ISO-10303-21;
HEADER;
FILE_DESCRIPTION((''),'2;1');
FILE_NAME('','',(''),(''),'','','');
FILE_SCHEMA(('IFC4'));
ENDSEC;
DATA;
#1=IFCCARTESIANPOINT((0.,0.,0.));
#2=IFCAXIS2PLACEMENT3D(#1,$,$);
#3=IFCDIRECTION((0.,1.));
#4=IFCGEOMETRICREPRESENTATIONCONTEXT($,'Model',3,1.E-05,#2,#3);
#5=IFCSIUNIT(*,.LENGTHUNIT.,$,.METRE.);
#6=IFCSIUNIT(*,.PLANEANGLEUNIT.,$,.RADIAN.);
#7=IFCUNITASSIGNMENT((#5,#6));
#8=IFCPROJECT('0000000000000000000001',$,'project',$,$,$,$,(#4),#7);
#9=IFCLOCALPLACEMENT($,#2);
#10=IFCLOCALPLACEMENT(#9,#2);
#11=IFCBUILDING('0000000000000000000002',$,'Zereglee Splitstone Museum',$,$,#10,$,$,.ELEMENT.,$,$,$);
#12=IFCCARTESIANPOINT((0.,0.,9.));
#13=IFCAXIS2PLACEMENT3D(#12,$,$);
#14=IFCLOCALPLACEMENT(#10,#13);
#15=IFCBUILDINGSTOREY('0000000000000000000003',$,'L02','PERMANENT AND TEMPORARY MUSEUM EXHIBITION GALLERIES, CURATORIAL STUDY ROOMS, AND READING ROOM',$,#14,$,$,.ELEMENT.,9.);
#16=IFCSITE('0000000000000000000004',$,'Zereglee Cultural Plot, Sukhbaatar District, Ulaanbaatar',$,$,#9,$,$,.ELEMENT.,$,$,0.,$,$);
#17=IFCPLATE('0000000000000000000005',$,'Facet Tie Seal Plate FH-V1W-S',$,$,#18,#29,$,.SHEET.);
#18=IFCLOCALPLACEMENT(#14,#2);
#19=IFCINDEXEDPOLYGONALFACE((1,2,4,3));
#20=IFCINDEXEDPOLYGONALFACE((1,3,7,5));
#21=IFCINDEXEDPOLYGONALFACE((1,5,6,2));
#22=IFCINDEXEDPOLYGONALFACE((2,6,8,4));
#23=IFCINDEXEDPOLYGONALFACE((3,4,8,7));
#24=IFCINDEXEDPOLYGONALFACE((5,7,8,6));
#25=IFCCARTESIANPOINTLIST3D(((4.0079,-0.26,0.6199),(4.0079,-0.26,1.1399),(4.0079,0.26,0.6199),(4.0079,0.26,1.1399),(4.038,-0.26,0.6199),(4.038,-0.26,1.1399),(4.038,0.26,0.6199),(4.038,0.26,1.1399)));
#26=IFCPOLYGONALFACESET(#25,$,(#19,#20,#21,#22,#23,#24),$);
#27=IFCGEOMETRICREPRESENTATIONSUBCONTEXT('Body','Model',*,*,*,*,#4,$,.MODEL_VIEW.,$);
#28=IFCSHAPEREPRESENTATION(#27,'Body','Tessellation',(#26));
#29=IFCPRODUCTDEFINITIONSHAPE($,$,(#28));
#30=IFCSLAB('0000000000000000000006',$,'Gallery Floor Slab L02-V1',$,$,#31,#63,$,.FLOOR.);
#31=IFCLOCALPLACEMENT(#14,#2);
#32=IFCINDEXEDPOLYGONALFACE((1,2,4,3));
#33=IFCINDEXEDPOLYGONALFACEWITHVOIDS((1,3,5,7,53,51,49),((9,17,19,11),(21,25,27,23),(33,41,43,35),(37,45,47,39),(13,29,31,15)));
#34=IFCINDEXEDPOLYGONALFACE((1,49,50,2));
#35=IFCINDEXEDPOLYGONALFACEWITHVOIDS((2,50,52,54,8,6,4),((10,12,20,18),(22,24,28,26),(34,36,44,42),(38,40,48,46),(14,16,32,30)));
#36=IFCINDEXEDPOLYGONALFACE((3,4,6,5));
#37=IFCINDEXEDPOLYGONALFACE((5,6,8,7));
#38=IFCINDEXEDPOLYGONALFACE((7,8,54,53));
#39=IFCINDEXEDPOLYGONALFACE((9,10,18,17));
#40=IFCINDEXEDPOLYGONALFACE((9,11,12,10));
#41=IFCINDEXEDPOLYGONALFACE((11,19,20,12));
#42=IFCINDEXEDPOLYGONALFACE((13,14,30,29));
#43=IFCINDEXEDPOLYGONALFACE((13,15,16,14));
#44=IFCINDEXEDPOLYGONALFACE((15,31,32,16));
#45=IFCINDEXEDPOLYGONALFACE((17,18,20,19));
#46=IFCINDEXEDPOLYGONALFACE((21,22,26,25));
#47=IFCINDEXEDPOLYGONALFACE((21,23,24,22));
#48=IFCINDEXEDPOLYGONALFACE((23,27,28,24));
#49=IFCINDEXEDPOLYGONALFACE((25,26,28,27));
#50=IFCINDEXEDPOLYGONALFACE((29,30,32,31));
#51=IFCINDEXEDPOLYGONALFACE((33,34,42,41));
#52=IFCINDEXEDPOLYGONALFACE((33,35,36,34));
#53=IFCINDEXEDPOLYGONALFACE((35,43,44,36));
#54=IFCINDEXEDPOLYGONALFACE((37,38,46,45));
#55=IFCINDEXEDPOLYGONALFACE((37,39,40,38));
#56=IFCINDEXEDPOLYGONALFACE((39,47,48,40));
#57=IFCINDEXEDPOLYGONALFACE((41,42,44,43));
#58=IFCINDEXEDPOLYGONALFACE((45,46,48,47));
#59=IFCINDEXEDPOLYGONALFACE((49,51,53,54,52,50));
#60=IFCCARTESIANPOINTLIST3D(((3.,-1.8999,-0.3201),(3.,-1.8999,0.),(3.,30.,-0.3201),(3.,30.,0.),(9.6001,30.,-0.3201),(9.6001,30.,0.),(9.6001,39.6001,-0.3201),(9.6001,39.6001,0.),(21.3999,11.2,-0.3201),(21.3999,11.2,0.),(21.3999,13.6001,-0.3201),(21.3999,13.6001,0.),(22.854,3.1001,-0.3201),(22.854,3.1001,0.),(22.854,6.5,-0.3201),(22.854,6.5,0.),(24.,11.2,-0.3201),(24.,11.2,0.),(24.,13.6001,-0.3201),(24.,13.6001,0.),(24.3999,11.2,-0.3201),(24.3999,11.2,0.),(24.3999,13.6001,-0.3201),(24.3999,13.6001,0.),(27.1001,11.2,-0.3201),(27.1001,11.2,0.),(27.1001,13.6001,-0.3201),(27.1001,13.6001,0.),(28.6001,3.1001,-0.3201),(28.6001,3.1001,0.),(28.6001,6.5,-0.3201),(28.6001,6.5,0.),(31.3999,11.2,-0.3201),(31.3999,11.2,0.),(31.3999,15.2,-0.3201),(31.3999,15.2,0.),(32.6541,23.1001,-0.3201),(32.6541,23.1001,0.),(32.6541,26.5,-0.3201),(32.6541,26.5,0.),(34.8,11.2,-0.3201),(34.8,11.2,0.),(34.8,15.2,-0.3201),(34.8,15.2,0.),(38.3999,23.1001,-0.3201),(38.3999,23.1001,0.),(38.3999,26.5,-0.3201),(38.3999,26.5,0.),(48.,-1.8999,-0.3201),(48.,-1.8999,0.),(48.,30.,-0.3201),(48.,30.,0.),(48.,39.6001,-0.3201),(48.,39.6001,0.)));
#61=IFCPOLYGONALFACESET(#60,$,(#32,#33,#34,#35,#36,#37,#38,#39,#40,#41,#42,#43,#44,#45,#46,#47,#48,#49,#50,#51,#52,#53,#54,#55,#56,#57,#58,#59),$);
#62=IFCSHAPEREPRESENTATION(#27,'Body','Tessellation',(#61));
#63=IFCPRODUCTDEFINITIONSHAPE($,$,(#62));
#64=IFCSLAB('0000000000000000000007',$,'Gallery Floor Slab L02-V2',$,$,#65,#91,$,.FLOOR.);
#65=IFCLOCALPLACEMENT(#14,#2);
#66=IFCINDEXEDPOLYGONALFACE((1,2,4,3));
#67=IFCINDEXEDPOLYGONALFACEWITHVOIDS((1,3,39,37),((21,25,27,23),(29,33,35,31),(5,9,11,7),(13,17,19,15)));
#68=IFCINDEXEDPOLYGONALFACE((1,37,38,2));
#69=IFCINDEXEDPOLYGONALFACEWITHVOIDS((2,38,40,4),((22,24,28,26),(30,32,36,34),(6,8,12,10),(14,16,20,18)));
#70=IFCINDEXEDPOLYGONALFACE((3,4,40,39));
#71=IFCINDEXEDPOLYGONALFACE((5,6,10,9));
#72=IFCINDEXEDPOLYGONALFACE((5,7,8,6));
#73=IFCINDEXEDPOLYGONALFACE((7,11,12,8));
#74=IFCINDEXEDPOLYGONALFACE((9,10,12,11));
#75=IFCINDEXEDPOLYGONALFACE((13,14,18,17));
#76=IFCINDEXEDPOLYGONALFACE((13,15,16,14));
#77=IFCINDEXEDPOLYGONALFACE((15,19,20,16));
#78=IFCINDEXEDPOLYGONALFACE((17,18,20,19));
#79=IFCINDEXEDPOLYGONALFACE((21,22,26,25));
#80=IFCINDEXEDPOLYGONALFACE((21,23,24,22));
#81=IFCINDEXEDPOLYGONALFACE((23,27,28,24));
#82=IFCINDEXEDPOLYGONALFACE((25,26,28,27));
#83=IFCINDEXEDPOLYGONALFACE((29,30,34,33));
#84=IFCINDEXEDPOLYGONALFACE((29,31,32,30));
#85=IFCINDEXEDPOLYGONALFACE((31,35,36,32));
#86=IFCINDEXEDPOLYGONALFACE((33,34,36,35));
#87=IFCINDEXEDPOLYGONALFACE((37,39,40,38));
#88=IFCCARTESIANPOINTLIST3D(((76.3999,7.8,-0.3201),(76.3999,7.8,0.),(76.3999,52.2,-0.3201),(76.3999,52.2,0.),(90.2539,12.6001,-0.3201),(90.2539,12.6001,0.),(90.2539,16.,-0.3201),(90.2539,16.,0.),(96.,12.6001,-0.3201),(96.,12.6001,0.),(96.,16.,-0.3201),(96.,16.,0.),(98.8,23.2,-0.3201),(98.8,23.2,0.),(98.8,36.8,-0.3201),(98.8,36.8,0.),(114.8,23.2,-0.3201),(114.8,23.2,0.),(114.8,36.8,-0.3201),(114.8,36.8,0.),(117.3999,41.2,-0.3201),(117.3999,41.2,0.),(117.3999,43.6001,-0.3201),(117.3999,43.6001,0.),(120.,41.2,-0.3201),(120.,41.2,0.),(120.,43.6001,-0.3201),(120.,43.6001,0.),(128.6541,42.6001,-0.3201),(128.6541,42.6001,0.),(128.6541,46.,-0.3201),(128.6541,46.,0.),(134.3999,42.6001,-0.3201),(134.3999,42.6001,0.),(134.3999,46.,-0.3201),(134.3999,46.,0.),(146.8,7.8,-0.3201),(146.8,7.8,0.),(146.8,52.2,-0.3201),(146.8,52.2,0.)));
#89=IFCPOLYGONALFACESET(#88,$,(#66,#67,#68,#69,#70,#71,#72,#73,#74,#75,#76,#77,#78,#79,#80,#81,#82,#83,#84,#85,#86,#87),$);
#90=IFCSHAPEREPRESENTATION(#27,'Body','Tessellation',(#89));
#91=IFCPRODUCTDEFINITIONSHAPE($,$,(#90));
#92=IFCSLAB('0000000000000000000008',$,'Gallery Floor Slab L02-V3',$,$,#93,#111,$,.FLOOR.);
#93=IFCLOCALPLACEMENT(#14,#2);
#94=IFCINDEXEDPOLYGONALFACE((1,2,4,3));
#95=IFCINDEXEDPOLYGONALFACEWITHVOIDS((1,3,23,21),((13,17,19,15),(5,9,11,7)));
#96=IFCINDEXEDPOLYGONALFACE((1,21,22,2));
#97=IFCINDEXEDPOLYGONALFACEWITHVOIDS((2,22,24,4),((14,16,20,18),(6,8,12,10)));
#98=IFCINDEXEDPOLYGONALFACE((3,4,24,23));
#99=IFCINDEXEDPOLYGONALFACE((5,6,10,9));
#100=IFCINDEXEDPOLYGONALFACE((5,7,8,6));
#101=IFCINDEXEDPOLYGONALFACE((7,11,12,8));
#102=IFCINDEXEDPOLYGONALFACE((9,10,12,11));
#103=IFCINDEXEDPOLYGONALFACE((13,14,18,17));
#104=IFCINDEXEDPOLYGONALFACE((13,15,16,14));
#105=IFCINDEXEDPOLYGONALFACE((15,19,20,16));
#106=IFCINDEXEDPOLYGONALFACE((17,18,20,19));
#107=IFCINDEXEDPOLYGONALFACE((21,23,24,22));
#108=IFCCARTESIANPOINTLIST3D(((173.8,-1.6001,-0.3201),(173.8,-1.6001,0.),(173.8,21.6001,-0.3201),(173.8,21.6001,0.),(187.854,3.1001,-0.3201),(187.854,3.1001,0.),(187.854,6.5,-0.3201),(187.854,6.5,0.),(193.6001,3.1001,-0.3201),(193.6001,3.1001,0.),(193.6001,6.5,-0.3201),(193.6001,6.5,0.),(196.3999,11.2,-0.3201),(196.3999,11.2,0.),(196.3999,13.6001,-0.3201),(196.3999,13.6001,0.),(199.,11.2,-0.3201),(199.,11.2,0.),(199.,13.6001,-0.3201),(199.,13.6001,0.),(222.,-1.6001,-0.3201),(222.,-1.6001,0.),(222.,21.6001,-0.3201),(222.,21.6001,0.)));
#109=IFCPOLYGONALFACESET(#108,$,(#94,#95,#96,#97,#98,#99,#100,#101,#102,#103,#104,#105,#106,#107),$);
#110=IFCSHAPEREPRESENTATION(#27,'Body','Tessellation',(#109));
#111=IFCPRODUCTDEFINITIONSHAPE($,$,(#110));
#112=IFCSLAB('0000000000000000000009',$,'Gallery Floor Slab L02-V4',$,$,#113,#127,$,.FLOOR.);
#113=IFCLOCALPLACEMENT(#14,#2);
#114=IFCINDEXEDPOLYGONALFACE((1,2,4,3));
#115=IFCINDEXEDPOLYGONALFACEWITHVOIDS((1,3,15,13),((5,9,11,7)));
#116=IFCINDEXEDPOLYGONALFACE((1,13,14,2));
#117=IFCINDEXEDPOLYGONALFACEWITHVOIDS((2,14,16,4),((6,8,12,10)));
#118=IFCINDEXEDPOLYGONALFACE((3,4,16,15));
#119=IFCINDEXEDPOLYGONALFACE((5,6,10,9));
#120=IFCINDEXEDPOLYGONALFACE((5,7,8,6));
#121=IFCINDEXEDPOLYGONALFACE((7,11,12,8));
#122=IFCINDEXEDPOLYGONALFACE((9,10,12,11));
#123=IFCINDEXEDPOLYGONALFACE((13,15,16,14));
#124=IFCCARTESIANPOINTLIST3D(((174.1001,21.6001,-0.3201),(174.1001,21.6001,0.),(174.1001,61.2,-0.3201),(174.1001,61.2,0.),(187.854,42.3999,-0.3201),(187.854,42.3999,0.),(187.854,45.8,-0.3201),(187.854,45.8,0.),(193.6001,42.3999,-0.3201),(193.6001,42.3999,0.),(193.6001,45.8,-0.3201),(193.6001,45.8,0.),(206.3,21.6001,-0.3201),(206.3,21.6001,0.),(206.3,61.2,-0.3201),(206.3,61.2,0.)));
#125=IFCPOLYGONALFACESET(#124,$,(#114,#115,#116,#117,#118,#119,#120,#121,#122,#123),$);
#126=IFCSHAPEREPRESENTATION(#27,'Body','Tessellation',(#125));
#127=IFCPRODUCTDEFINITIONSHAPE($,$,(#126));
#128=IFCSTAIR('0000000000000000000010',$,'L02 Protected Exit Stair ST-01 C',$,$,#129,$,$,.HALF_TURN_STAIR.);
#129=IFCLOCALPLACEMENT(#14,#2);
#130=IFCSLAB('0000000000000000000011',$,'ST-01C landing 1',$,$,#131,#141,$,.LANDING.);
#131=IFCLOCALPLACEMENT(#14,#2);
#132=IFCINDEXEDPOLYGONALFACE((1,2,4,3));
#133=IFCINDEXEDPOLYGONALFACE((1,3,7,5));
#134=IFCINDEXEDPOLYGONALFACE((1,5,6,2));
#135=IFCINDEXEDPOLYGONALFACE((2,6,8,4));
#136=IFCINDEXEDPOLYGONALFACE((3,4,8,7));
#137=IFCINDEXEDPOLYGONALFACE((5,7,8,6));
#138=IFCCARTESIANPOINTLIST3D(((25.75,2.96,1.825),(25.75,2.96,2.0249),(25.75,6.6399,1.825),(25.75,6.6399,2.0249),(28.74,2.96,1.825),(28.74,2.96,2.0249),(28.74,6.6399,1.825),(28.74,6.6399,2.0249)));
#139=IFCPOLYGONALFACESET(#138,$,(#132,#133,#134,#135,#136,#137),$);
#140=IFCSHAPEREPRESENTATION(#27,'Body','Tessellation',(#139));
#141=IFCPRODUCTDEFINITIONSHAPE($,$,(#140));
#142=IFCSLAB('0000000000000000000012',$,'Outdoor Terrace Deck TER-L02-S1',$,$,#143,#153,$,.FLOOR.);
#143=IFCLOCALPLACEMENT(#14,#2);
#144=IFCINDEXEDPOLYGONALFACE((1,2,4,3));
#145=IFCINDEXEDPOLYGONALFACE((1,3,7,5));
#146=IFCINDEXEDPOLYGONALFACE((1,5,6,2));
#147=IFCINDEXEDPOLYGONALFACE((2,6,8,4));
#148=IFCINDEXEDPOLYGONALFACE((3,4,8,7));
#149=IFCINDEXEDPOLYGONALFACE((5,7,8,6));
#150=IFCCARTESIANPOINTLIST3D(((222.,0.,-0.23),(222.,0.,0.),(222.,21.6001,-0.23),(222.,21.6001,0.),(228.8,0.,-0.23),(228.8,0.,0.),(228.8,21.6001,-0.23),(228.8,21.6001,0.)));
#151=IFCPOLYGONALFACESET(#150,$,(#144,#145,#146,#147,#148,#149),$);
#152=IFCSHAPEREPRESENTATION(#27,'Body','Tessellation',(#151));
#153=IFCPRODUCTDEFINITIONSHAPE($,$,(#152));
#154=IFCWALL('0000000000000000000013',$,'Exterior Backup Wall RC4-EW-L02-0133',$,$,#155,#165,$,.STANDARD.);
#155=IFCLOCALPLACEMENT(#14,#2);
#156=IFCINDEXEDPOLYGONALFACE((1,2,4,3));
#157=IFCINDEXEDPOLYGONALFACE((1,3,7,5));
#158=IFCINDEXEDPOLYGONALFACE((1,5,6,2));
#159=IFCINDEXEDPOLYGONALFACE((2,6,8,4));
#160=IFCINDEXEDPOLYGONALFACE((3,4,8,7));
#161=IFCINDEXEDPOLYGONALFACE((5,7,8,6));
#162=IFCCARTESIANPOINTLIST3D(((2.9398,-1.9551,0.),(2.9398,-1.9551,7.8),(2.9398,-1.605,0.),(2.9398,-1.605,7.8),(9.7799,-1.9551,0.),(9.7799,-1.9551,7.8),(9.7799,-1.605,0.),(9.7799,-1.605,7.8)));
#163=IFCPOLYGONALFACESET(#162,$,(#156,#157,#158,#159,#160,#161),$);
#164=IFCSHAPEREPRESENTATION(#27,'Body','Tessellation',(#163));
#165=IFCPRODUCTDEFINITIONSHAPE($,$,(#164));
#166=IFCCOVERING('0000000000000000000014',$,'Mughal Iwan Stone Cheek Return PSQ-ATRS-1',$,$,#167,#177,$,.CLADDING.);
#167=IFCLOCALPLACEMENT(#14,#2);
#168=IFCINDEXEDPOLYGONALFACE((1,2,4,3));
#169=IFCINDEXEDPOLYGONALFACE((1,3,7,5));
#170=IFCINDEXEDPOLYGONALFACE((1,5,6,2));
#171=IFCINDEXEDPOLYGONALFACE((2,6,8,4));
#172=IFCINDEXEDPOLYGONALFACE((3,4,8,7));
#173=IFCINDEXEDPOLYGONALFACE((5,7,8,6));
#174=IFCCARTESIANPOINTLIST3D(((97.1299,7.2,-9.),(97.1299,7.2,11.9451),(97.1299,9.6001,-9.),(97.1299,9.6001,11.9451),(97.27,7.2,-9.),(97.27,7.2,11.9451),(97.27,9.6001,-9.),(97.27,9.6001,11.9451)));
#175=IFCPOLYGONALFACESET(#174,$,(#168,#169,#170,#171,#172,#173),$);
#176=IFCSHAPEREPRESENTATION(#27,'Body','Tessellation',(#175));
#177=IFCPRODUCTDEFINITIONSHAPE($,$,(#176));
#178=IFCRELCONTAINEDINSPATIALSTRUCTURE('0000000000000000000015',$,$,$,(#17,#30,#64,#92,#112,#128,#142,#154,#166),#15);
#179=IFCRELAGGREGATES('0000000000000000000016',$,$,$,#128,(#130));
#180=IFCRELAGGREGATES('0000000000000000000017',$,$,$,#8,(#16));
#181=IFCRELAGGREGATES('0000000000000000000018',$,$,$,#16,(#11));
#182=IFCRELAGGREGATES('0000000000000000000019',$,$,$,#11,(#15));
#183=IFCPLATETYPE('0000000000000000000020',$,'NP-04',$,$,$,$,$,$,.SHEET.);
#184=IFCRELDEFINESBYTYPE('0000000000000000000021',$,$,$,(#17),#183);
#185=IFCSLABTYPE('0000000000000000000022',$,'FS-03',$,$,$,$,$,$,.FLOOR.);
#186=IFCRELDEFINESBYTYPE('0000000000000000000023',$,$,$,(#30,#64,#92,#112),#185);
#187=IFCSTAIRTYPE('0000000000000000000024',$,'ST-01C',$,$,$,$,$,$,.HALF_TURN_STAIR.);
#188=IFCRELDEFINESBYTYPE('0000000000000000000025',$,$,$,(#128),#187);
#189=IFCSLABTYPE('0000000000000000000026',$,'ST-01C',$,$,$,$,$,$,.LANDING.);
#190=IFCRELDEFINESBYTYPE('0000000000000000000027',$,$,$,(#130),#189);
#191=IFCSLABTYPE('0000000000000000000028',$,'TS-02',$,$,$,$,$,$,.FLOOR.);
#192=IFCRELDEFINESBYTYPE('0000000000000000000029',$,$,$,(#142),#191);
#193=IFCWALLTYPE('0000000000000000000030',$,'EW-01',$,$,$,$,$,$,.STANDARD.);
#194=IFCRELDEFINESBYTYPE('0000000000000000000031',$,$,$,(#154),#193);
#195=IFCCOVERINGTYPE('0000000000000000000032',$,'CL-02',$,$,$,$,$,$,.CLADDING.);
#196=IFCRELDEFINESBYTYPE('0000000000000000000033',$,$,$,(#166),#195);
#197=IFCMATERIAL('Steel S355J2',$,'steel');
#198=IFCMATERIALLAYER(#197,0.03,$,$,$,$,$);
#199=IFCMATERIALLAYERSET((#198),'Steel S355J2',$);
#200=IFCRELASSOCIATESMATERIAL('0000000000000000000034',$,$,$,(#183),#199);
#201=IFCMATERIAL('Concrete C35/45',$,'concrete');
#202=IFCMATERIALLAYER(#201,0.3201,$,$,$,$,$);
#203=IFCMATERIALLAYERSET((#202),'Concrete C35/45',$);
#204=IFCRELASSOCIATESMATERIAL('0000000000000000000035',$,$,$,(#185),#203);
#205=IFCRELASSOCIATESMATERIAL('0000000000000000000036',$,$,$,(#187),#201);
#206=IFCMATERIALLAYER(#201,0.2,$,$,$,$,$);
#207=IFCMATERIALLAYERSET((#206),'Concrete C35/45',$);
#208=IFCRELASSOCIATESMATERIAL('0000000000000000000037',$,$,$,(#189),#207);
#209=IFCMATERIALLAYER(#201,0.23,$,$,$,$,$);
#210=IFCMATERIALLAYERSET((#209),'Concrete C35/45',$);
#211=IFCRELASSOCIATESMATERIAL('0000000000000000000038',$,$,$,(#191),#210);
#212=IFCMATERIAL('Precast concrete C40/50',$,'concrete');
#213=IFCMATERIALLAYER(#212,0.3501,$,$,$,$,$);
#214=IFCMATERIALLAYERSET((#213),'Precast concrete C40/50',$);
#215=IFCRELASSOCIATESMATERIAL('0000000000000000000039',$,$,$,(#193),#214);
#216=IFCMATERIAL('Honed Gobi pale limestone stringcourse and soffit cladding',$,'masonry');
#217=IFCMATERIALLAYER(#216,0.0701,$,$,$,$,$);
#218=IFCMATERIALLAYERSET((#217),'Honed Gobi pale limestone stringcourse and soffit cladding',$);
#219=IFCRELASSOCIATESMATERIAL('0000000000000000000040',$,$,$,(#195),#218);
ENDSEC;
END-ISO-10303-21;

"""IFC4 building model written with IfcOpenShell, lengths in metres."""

from ifc_helpers import new_model, si_unit, direction, frame, frame_2d, origin, origin_2d, place, context, subcontext, project, spatial, polyline, rectangle, outline, extrude, material, layer, layer_set, type_object, element, aggregate, save


model = new_model("IFC4")

# Units and contexts
model_context = context("Model", 3, precision=1e-05, world=origin(), true_north=direction((0.0, 1.0)))
body_context = subcontext(model_context, "Body", "Model", "MODEL_VIEW")
ifc_project = project(units=[si_unit("LENGTHUNIT", "METRE"), si_unit("PLANEANGLEUNIT", "RADIAN")], contexts=[model_context])

# Site, building, storey
site_placement = place(None, origin())
site = spatial("IfcSite", under=ifc_project, at=site_placement, Name="Zereglee Cultural Plot, Sukhbaatar District, Ulaanbaatar", CompositionType="ELEMENT", RefElevation=0.0)
building_placement = place(site_placement, origin())
building = spatial("IfcBuilding", under=site, at=building_placement, Name="Zereglee Splitstone Museum", CompositionType="ELEMENT")
storey_placement = place(building_placement, frame((0.0, 0.0, 9.0)))
storey = spatial("IfcBuildingStorey", under=building, at=storey_placement, Name="L02", Description="PERMANENT AND TEMPORARY MUSEUM EXHIBITION GALLERIES, CURATORIAL STUDY ROOMS, AND READING ROOM", CompositionType="ELEMENT", Elevation=9.0)

# Shared definitions
ifc_material_1 = material(Name="Steel S355J2", Category="steel")

# Plate
ifc_layer_1 = layer(ifc_material_1, 0.03)
ifc_layer_set_1 = layer_set([ifc_layer_1], Name="Steel S355J2")
plate_type = type_object("IfcPlateType", Name="NP-04", PredefinedType="SHEET", material=ifc_layer_set_1)
plate_placement = place(storey_placement, frame((4.0229, 0.0, 0.6199), z_axis=(0.0, 0.0, 1.0), x_axis=(1.0, 0.0, 0.0)))
element("IfcPlate", 1, at=plate_placement, inside=storey, type_object=plate_type, Name="Facet Tie Seal Plate FH-V1W-S", PredefinedType="SHEET", context=body_context, shape_type="SweptSolid", body=[
    extrude(rectangle(XDim=0.03, YDim=0.52, at=origin_2d()), origin(), (0.0, 0.0, 1.0), 0.52),
])

# Slabs
ifc_material_2 = material(Name="Concrete C35/45", Category="concrete")
ifc_layer_2 = layer(ifc_material_2, 0.3201)
ifc_layer_set_2 = layer_set([ifc_layer_2], Name="Concrete C35/45")
slab_type_1 = type_object("IfcSlabType", Name="FS-03", PredefinedType="FLOOR", material=ifc_layer_set_2)
slab_1_placement = place(storey_placement, frame((0.0, 0.0, -0.3201)))
element("IfcSlab", 2, at=slab_1_placement, inside=storey, type_object=slab_type_1, Name="Gallery Floor Slab L02-V1", PredefinedType="FLOOR", context=body_context, shape_type="SweptSolid", body=[
    extrude(outline(polyline([(48.0, -1.8999), (3.0, -1.8999), (3.0, 30.0), (9.6001, 30.0), (9.6001, 39.6001), (48.0, 39.6001), (48.0, 30.0), (48.0, -1.8999)]), holes=[polyline([(22.854, 3.1001), (28.6001, 3.1001), (28.6001, 6.5), (22.854, 6.5), (22.854, 3.1001)]), polyline([(32.6541, 23.1001), (38.3999, 23.1001), (38.3999, 26.5), (32.6541, 26.5), (32.6541, 23.1001)]), polyline([(21.3999, 11.2), (24.0, 11.2), (24.0, 13.6001), (21.3999, 13.6001), (21.3999, 11.2)]), polyline([(24.3999, 11.2), (27.1001, 11.2), (27.1001, 13.6001), (24.3999, 13.6001), (24.3999, 11.2)]), polyline([(31.3999, 11.2), (34.8, 11.2), (34.8, 15.2), (31.3999, 15.2), (31.3999, 11.2)])]), origin(), (0.0, 0.0, 1.0), 0.3201),
])
slab_2_placement = place(storey_placement, frame((0.0, 0.0, -0.3201)))
element("IfcSlab", 3, at=slab_2_placement, inside=storey, type_object=slab_type_1, Name="Gallery Floor Slab L02-V2", PredefinedType="FLOOR", context=body_context, shape_type="SweptSolid", body=[
    extrude(outline(polyline([(76.3999, 7.8), (146.8, 7.8), (146.8, 52.2), (76.3999, 52.2), (76.3999, 7.8)]), holes=[polyline([(98.8, 23.2), (114.8, 23.2), (114.8, 36.8), (98.8, 36.8), (98.8, 23.2)]), polyline([(128.6541, 42.6001), (134.3999, 42.6001), (134.3999, 46.0), (128.6541, 46.0), (128.6541, 42.6001)]), polyline([(90.2539, 12.6001), (96.0, 12.6001), (96.0, 16.0), (90.2539, 16.0), (90.2539, 12.6001)]), polyline([(117.3999, 41.2), (120.0, 41.2), (120.0, 43.6001), (117.3999, 43.6001), (117.3999, 41.2)])]), origin(), (0.0, 0.0, 1.0), 0.3201),
])
slab_3_placement = place(storey_placement, frame((0.0, 0.0, -0.3201)))
element("IfcSlab", 4, at=slab_3_placement, inside=storey, type_object=slab_type_1, Name="Gallery Floor Slab L02-V3", PredefinedType="FLOOR", context=body_context, shape_type="SweptSolid", body=[
    extrude(outline(polyline([(173.8, -1.6001), (222.0, -1.6001), (222.0, 21.6001), (173.8, 21.6001), (173.8, -1.6001)]), holes=[polyline([(187.854, 3.1001), (193.6001, 3.1001), (193.6001, 6.5), (187.854, 6.5), (187.854, 3.1001)]), polyline([(196.3999, 11.2), (199.0, 11.2), (199.0, 13.6001), (196.3999, 13.6001), (196.3999, 11.2)])]), origin(), (0.0, 0.0, 1.0), 0.3201),
])
slab_4_placement = place(storey_placement, frame((0.0, 0.0, -0.3201)))
element("IfcSlab", 5, at=slab_4_placement, inside=storey, type_object=slab_type_1, Name="Gallery Floor Slab L02-V4", PredefinedType="FLOOR", context=body_context, shape_type="SweptSolid", body=[
    extrude(outline(polyline([(174.1001, 21.6001), (206.3, 21.6001), (206.3, 61.2), (174.1001, 61.2), (174.1001, 21.6001)]), holes=[polyline([(187.854, 42.3999), (193.6001, 42.3999), (193.6001, 45.8), (187.854, 45.8), (187.854, 42.3999)])]), origin(), (0.0, 0.0, 1.0), 0.3201),
])

# Stair, slab
stair_type = type_object("IfcStairType", Name="ST-01C", PredefinedType="HALF_TURN_STAIR", material=ifc_material_2)
stair_placement = place(storey_placement, origin())
stair = element("IfcStair", 6, at=stair_placement, inside=storey, type_object=stair_type, Name="L02 Protected Exit Stair ST-01 C", PredefinedType="HALF_TURN_STAIR")
ifc_layer_3 = layer(ifc_material_2, 0.2)
ifc_layer_set_3 = layer_set([ifc_layer_3], Name="Concrete C35/45")
slab_type_2 = type_object("IfcSlabType", Name="ST-01C", PredefinedType="LANDING", material=ifc_layer_set_3)
slab_5_placement = place(storey_placement, frame((0.0, 0.0, 1.825)))
slab_5 = element("IfcSlab", 7, at=slab_5_placement, type_object=slab_type_2, Name="ST-01C landing 1", PredefinedType="LANDING", context=body_context, shape_type="SweptSolid", body=[
    extrude(outline(polyline([(25.75, 2.96), (28.74, 2.96), (28.74, 6.6399), (25.75, 6.6399), (25.75, 2.96)])), origin(), (0.0, 0.0, 1.0), 0.2),
])
aggregate(stair, [slab_5])

# Slab
ifc_layer_4 = layer(ifc_material_2, 0.23)
ifc_layer_set_4 = layer_set([ifc_layer_4], Name="Concrete C35/45")
slab_type_3 = type_object("IfcSlabType", Name="TS-02", PredefinedType="FLOOR", material=ifc_layer_set_4)
slab_6_placement = place(storey_placement, frame((0.0, 0.0, -0.23)))
element("IfcSlab", 8, at=slab_6_placement, inside=storey, type_object=slab_type_3, Name="Outdoor Terrace Deck TER-L02-S1", PredefinedType="FLOOR", context=body_context, shape_type="SweptSolid", body=[
    extrude(outline(polyline([(222.0, 0.0), (228.8, 0.0), (228.8, 21.6001), (222.0, 21.6001), (222.0, 0.0)])), origin(), (0.0, 0.0, 1.0), 0.23),
])

# Wall
ifc_material_3 = material(Name="Precast concrete C40/50", Category="concrete")
ifc_layer_5 = layer(ifc_material_3, 0.3501)
ifc_layer_set_5 = layer_set([ifc_layer_5], Name="Precast concrete C40/50")
wall_type = type_object("IfcWallType", Name="EW-01", PredefinedType="STANDARD", material=ifc_layer_set_5)
wall_placement = place(storey_placement, frame((2.9399, -1.78, 0.0), z_axis=(0.0, 0.0, 1.0), x_axis=(1.0, 0.0, 0.0)))
element("IfcWall", 9, at=wall_placement, inside=storey, type_object=wall_type, Name="Exterior Backup Wall RC4-EW-L02-0133", PredefinedType="STANDARD", context=body_context, shape_type="SweptSolid", body=[
    extrude(rectangle(XDim=6.8401, YDim=0.3501, at=frame_2d((3.4199, 0.0))), origin(), (0.0, 0.0, 1.0), 7.8),
])

# Covering
ifc_material_4 = material(Name="Honed Gobi pale limestone stringcourse and soffit cladding", Category="masonry")
ifc_layer_6 = layer(ifc_material_4, 0.0701)
ifc_layer_set_6 = layer_set([ifc_layer_6], Name="Honed Gobi pale limestone stringcourse and soffit cladding")
covering_type_1 = type_object("IfcCoveringType", Name="CL-02", PredefinedType="CLADDING", material=ifc_layer_set_6)
covering_1_placement = place(storey_placement, frame((0.0, 0.0, -9.0)))
element("IfcCovering", 10, at=covering_1_placement, inside=storey, type_object=covering_type_1, Name="Mughal Iwan Stone Cheek Return PSQ-ATRS-1", PredefinedType="CLADDING", context=body_context, shape_type="SweptSolid", body=[
    extrude(outline(polyline([(97.1299, 7.2), (97.27, 7.2), (97.27, 9.6001), (97.1299, 9.6001), (97.1299, 7.2)])), origin(), (0.0, 0.0, 1.0), 20.9451),
])

save(model, "model.ifc")
